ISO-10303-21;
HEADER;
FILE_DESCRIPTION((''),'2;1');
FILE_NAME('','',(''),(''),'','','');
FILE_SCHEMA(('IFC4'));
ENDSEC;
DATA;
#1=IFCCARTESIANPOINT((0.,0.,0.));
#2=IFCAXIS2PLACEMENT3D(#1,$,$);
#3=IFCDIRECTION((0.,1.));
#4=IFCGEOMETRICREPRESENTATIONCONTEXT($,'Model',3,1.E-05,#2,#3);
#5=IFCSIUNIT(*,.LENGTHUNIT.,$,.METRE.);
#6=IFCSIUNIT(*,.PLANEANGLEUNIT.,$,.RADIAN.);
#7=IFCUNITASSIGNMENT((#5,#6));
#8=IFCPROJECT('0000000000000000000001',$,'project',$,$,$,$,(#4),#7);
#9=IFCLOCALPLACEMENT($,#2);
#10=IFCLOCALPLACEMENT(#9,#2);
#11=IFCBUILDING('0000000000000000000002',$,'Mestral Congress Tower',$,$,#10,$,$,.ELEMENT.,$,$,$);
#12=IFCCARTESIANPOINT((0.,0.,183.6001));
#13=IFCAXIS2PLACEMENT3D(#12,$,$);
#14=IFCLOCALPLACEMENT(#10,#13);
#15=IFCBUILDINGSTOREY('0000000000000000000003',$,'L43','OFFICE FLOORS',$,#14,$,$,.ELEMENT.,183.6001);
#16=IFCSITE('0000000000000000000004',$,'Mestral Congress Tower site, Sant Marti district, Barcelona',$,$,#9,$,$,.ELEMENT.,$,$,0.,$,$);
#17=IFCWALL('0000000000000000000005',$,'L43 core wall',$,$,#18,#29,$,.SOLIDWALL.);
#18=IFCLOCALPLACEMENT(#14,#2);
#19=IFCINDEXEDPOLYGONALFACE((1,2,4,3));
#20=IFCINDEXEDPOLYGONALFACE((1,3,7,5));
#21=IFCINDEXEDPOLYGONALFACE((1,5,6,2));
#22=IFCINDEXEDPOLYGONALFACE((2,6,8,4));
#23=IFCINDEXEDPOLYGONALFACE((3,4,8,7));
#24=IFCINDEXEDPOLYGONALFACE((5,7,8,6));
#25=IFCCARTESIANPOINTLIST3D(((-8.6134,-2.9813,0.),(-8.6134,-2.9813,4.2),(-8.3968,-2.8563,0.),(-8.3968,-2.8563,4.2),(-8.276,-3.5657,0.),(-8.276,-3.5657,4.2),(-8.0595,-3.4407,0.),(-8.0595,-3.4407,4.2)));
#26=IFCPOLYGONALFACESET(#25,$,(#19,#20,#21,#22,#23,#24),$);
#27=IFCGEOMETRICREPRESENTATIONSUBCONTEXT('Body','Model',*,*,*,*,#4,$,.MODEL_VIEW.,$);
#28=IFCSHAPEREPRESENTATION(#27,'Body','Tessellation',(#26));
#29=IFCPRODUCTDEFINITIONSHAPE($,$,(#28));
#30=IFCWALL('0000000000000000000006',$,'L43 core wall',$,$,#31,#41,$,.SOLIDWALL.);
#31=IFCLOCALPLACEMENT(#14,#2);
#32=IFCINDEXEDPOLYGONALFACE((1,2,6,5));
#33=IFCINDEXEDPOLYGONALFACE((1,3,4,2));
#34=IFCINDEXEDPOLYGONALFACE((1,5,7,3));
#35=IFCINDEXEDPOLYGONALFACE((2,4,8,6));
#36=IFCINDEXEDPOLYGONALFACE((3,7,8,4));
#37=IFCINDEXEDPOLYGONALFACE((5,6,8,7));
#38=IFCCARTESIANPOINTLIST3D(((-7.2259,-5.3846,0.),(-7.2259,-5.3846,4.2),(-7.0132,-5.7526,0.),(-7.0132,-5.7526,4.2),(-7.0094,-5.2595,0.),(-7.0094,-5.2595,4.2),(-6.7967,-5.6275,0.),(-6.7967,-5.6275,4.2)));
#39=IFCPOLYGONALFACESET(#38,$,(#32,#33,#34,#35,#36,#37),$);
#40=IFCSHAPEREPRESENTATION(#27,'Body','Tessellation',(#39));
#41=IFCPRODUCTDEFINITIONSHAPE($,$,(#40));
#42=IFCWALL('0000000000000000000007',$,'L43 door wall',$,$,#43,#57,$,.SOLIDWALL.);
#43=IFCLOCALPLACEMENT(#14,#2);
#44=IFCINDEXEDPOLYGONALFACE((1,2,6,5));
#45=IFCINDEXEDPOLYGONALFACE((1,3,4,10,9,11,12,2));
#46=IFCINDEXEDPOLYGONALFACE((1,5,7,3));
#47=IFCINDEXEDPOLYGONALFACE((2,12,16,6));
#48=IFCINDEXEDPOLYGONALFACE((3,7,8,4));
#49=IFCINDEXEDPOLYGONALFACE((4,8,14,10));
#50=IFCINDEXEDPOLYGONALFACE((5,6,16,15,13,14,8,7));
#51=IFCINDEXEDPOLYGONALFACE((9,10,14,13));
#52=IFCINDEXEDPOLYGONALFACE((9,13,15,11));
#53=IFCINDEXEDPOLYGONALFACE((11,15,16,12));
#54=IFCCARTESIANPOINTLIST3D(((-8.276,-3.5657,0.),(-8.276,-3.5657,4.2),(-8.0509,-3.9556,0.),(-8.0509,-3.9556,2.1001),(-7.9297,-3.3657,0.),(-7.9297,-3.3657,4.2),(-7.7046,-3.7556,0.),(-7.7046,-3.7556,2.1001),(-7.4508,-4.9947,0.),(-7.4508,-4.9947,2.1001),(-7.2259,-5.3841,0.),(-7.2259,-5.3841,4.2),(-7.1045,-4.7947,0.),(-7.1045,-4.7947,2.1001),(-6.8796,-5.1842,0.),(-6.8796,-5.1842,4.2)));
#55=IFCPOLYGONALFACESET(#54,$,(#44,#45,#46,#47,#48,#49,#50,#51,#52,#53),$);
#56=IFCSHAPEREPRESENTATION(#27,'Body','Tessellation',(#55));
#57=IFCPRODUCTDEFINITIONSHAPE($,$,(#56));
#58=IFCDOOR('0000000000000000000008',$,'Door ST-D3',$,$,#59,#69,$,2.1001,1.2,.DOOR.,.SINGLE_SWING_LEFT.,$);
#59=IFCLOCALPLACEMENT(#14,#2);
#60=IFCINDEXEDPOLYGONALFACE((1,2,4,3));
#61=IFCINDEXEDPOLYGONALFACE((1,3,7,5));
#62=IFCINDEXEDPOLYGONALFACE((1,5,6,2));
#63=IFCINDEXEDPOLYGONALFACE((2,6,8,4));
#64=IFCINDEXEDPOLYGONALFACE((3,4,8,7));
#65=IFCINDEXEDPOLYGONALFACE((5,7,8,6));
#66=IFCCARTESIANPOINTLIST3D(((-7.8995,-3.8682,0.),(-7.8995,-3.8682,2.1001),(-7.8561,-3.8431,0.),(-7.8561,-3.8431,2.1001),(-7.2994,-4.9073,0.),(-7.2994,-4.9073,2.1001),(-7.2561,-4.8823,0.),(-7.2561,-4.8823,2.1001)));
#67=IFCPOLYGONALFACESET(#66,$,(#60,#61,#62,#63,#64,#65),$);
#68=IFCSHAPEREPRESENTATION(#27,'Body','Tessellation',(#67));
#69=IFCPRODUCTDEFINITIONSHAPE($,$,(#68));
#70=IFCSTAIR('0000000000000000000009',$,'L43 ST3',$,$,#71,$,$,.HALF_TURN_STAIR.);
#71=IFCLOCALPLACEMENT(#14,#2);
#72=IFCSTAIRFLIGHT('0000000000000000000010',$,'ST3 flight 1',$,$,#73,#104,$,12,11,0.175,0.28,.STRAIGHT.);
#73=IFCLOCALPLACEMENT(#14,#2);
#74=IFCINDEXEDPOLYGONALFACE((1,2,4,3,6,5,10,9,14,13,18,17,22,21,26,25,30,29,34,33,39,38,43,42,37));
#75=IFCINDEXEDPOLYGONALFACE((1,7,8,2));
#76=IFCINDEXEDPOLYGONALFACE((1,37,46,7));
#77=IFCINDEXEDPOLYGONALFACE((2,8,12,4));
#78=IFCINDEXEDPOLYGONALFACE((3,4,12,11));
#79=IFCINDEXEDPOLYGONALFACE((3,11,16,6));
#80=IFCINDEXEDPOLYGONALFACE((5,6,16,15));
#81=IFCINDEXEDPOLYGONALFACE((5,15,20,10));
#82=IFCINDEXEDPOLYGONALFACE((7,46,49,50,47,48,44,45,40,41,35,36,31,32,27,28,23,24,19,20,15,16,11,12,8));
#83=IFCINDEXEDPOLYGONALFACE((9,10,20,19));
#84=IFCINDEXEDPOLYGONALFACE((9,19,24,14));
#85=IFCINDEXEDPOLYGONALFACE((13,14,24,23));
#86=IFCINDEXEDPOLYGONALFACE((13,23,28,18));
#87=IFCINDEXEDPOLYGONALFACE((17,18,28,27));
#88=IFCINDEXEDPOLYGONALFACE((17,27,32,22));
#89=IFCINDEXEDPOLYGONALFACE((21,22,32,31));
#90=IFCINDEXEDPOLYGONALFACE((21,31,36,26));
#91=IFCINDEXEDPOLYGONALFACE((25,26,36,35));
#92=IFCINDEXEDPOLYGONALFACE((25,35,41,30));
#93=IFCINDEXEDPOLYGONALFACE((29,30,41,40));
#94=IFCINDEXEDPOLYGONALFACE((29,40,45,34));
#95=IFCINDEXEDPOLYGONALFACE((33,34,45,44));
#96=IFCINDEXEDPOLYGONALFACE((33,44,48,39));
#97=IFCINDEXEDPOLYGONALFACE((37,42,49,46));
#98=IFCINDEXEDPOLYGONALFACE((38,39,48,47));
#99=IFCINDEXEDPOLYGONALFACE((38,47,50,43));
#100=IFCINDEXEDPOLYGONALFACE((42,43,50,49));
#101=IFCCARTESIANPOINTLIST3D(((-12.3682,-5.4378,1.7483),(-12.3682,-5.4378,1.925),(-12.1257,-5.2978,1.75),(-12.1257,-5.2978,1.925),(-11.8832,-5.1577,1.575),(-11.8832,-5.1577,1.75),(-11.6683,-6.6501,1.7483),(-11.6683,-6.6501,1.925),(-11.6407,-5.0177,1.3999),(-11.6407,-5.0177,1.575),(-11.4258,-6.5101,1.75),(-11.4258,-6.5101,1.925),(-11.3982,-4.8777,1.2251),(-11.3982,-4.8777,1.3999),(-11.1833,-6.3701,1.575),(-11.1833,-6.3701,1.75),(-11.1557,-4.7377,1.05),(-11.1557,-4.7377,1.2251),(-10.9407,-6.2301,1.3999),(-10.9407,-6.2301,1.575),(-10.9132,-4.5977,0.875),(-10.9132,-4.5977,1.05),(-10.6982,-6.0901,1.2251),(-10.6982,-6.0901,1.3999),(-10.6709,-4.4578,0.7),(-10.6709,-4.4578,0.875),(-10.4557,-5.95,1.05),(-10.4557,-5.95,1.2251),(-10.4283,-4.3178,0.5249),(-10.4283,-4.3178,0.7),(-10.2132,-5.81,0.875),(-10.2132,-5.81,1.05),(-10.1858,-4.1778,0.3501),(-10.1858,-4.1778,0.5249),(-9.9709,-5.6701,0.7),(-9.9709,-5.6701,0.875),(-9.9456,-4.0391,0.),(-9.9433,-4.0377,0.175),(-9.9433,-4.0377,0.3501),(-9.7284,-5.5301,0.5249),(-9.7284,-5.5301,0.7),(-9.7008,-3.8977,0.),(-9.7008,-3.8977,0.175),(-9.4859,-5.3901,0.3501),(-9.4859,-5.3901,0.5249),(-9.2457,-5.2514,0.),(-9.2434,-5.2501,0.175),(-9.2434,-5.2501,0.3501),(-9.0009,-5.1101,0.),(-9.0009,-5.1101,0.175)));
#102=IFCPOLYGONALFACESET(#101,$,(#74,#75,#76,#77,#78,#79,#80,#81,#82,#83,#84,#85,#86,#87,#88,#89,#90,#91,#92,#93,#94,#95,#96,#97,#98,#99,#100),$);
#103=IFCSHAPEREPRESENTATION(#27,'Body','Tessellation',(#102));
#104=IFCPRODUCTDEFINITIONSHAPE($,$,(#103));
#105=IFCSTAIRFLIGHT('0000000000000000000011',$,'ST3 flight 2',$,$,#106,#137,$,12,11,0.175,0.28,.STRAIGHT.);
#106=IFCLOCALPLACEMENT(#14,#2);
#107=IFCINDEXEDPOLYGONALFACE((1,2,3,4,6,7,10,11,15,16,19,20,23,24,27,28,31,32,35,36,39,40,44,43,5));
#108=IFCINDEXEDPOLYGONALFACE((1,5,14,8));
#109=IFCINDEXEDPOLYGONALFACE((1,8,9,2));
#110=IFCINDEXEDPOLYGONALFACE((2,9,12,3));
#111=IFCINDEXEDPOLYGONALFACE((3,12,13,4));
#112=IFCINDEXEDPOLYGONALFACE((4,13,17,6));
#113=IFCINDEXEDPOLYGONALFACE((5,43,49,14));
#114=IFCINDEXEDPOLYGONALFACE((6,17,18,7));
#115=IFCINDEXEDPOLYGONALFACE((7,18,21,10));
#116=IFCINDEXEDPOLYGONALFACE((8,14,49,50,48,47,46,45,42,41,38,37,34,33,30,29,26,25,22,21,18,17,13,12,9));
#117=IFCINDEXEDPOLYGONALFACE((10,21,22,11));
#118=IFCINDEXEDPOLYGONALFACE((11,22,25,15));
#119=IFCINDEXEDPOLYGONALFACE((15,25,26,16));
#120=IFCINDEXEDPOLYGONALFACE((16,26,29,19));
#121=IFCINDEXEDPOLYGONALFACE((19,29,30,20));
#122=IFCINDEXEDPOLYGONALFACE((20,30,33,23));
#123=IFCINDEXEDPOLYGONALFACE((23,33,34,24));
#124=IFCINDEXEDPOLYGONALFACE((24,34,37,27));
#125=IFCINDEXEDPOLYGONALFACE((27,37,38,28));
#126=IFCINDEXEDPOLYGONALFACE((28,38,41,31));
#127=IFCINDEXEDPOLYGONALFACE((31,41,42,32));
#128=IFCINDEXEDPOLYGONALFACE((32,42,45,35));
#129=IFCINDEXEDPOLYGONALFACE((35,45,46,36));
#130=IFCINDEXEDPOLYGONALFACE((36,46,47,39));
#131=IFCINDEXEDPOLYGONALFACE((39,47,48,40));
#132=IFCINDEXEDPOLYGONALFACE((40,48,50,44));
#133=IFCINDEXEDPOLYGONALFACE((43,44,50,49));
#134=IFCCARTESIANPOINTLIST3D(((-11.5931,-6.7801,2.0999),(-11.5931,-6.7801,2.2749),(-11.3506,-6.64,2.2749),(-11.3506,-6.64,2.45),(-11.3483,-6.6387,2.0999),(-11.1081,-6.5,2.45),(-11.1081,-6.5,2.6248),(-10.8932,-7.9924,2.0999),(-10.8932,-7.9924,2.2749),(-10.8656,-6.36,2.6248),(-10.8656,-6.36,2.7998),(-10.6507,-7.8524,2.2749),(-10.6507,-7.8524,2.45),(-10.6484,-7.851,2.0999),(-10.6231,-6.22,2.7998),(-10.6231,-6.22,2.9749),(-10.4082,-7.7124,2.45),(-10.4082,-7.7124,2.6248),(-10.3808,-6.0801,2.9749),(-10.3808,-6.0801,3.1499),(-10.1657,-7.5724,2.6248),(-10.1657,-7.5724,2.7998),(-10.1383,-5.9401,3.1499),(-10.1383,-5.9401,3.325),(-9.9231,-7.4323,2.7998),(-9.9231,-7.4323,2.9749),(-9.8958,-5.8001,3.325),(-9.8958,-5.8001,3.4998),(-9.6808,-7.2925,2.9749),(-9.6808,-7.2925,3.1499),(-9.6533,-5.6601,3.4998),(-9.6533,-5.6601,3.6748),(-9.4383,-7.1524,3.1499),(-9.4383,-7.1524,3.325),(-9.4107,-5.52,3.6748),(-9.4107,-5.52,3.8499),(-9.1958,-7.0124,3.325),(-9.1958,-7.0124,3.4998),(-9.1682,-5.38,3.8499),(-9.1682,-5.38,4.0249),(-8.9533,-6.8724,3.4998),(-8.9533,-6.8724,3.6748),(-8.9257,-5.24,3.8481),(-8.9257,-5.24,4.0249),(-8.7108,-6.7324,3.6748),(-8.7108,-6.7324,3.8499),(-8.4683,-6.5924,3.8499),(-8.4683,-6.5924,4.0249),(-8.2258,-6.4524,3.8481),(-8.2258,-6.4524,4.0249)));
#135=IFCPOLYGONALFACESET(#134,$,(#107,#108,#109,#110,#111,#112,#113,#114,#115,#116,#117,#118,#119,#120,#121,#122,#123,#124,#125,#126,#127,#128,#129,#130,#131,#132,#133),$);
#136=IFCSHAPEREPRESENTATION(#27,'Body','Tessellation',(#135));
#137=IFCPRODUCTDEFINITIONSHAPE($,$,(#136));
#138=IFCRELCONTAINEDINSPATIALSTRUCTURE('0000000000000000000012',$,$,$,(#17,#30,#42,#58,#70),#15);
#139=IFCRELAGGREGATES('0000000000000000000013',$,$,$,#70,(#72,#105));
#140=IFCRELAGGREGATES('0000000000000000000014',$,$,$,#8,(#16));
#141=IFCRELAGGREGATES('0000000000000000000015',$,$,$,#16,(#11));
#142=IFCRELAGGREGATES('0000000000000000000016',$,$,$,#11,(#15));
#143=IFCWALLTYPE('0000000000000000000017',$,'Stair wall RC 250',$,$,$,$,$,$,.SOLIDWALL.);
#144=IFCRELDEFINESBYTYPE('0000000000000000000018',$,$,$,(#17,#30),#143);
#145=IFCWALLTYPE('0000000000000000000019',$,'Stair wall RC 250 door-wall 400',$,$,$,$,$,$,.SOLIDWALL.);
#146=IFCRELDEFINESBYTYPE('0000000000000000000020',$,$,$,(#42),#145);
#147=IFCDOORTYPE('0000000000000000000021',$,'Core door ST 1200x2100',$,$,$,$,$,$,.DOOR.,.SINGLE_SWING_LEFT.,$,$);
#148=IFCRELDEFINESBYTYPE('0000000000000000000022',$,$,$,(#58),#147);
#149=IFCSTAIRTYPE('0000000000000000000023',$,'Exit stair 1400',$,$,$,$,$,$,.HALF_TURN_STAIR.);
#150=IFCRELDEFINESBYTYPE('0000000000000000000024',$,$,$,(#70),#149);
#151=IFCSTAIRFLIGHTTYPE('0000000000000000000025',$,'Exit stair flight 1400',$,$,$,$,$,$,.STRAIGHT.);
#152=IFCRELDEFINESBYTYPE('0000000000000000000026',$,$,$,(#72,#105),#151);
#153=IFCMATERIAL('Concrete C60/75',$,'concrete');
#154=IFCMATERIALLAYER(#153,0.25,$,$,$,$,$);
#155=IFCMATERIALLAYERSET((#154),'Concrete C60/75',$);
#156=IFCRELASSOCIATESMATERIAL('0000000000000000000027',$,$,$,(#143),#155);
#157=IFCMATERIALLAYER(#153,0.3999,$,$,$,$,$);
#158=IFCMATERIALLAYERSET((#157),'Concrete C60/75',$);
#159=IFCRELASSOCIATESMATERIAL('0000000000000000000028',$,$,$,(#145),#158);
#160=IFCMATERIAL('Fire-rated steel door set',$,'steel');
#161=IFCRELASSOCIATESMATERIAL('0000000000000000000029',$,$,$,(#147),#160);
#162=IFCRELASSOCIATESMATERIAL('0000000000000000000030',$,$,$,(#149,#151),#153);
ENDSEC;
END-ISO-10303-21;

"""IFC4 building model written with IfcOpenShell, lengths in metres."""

from ifc_helpers import new_model, si_unit, direction, frame, frame_2d, origin, place, context, subcontext, project, spatial, polyline, rectangle, outline, extrude, material, layer, layer_set, type_object, element, fill, aggregate, save


model = new_model("IFC4")

# Units and contexts
model_context = context("Model", 3, precision=1e-05, world=origin(), true_north=direction((0.0, 1.0)))
body_context = subcontext(model_context, "Body", "Model", "MODEL_VIEW")
ifc_project = project(units=[si_unit("LENGTHUNIT", "METRE"), si_unit("PLANEANGLEUNIT", "RADIAN")], contexts=[model_context])

# Site, building, storey
site_placement = place(None, origin())
site = spatial("IfcSite", under=ifc_project, at=site_placement, Name="Mestral Congress Tower site, Sant Marti district, Barcelona", CompositionType="ELEMENT", RefElevation=0.0)
building_placement = place(site_placement, origin())
building = spatial("IfcBuilding", under=site, at=building_placement, Name="Mestral Congress Tower", CompositionType="ELEMENT")
storey_placement = place(building_placement, frame((0.0, 0.0, 183.6001)))
storey = spatial("IfcBuildingStorey", under=building, at=storey_placement, Name="L43", Description="OFFICE FLOORS", CompositionType="ELEMENT", Elevation=183.6001)

# Shared definitions
ifc_material_1 = material(Name="Fire-rated steel door set", Category="steel")

# Shared definitions
ifc_material_2 = material(Name="Concrete C60/75", Category="concrete")

# Walls
ifc_layer_1 = layer(ifc_material_2, 0.25)
ifc_layer_set_1 = layer_set([ifc_layer_1], Name="Concrete C60/75")
wall_type_1 = type_object("IfcWallType", Name="Stair wall RC 250", PredefinedType="SOLIDWALL", material=ifc_layer_set_1)
wall_1_placement = place(storey_placement, frame((-8.1677, -3.5032, 0.0), z_axis=(0.0, 0.0, 1.0), x_axis=(-0.499952, 0.866053, 0.0)))
element("IfcWall", 1, at=wall_1_placement, inside=storey, type_object=wall_type_1, Name="L43 core wall", PredefinedType="SOLIDWALL", context=body_context, shape_type="SweptSolid", body=[
    extrude(rectangle(XDim=0.6748, YDim=0.25, at=frame_2d((0.3374, 0.0))), origin(), (0.0, 0.0, 1.0), 4.2),
])
wall_2_placement = place(storey_placement, frame((-6.905, -5.6899, 0.0), z_axis=(0.0, 0.0, 1.0), x_axis=(-0.500402, 0.865793, 0.0)))
element("IfcWall", 2, at=wall_2_placement, inside=storey, type_object=wall_type_1, Name="L43 core wall", PredefinedType="SOLIDWALL", context=body_context, shape_type="SweptSolid", body=[
    extrude(rectangle(XDim=0.425, YDim=0.25, at=frame_2d((0.2124, 0.0))), origin(), (0.0, 0.0, 1.0), 4.2),
])

# Wall, opening, door
ifc_layer_2 = layer(ifc_material_2, 0.3999)
ifc_layer_set_2 = layer_set([ifc_layer_2], Name="Concrete C60/75")
wall_type_2 = type_object("IfcWallType", Name="Stair wall RC 250 door-wall 400", PredefinedType="SOLIDWALL", material=ifc_layer_set_2)
wall_3_placement = place(storey_placement, frame((-8.1028, -3.4658, 0.0), z_axis=(0.0, 0.0, 1.0), x_axis=(0.500078, -0.86598, 0.0)))
wall_3 = element("IfcWall", 3, at=wall_3_placement, inside=storey, type_object=wall_type_2, Name="L43 door wall", PredefinedType="SOLIDWALL", context=body_context, shape_type="SweptSolid", body=[
    extrude(rectangle(XDim=2.0999, YDim=0.3999, at=frame_2d((1.0498, 0.0))), origin(), (0.0, 0.0, 1.0), 4.2),
])
opening_1_placement = place(wall_3_placement, frame((0.45, 0.0, 0.0)))
opening_1 = element("IfcOpeningElement", 4, at=opening_1_placement, cuts=wall_3, PredefinedType="OPENING", context=body_context, shape_type="SweptSolid", body=[
    extrude(rectangle(XDim=1.2, YDim=2.1001, at=frame_2d((0.6001, 1.05))), frame((0.0, 0.21, 0.0), z_axis=(0.0, -1.0, 0.0), x_axis=(1.0, 0.0, 0.0)), (0.0, 0.0, 1.0), 0.4199),
])
door_type_1 = type_object("IfcDoorType", Name="Core door ST 1200x2100", OperationType="SINGLE_SWING_LEFT", PredefinedType="DOOR", material=ifc_material_1)
door_1_placement = place(opening_1_placement, origin())
door_1 = element("IfcDoor", 5, at=door_1_placement, inside=storey, type_object=door_type_1, Name="Door ST-D3", OperationType="SINGLE_SWING_LEFT", OverallHeight=2.1001, OverallWidth=1.2, PredefinedType="DOOR", context=body_context, shape_type="SweptSolid", body=[
    extrude(rectangle(XDim=1.2, YDim=2.1001, at=frame_2d((0.6001, 1.05))), frame((0.0, 0.0249, 0.0), z_axis=(0.0, -1.0, 0.0), x_axis=(1.0, 0.0, 0.0)), (0.0, 0.0, 1.0), 0.05),
])
fill(opening_1, door_1)

# Stair, stair flights
stair_type = type_object("IfcStairType", Name="Exit stair 1400", PredefinedType="HALF_TURN_STAIR", material=ifc_material_2)
stair_placement = place(storey_placement, origin())
stair = element("IfcStair", 6, at=stair_placement, inside=storey, type_object=stair_type, Name="L43 ST3", PredefinedType="HALF_TURN_STAIR")
stair_flight_type = type_object("IfcStairFlightType", Name="Exit stair flight 1400", PredefinedType="STRAIGHT", material=ifc_material_2)
stair_flight_1_placement = place(storey_placement, frame((-9.3508, -4.5039, 0.0), z_axis=(0.0, 0.0, 1.0), x_axis=(-0.866025, -0.5, 0.0)))
stair_flight_1 = element("IfcStairFlight", 7, at=stair_flight_1_placement, type_object=stair_flight_type, Name="ST3 flight 1", NumberOfRisers=12, NumberOfTreads=11, PredefinedType="STRAIGHT", RiserHeight=0.175, TreadLength=0.28, context=body_context, shape_type="SweptSolid", body=[
    extrude(outline(polyline([(0.0, 0.0), (0.0, 0.175), (0.28, 0.175), (0.28, 0.3501), (0.5601, 0.3501), (0.5601, 0.5249), (0.8401, 0.5249), (0.8401, 0.7), (1.1201, 0.7), (1.1201, 0.875), (1.3999, 0.875), (1.3999, 1.05), (1.6799, 1.05), (1.6799, 1.2251), (1.96, 1.2251), (1.96, 1.3999), (2.24, 1.3999), (2.24, 1.575), (2.52, 1.575), (2.52, 1.75), (2.8, 1.75), (2.8, 1.925), (3.0801, 1.925), (3.0801, 2.1001), (3.0801, 1.7483), (0.2827, 0.0), (0.0, 0.0)])), frame((0.0, 0.7, 0.0), z_axis=(0.0, -1.0, 0.0), x_axis=(1.0, 0.0, 0.0)), (0.0, 0.0, 1.0), 1.3999),
])
stair_flight_2_placement = place(storey_placement, frame((-11.2432, -7.3862, 2.0999), z_axis=(0.0, 0.0, 1.0), x_axis=(0.866025, 0.5, 0.0)))
stair_flight_2 = element("IfcStairFlight", 8, at=stair_flight_2_placement, type_object=stair_flight_type, Name="ST3 flight 2", NumberOfRisers=12, NumberOfTreads=11, PredefinedType="STRAIGHT", RiserHeight=0.175, TreadLength=0.28, context=body_context, shape_type="SweptSolid", body=[
    extrude(outline(polyline([(0.0, 0.0), (0.0, 0.175), (0.28, 0.175), (0.28, 0.3501), (0.5601, 0.3501), (0.5601, 0.5249), (0.8401, 0.5249), (0.8401, 0.7), (1.1201, 0.7), (1.1201, 0.875), (1.3999, 0.875), (1.3999, 1.05), (1.6799, 1.05), (1.6799, 1.2251), (1.96, 1.2251), (1.96, 1.3999), (2.24, 1.3999), (2.24, 1.575), (2.52, 1.575), (2.52, 1.75), (2.8, 1.75), (2.8, 1.925), (3.0801, 1.925), (3.0801, 2.1001), (3.0801, 1.7483), (0.2827, 0.0), (0.0, 0.0)])), frame((0.0, 0.7, 0.0), z_axis=(0.0, -1.0, 0.0), x_axis=(1.0, 0.0, 0.0)), (0.0, 0.0, 1.0), 1.3999),
])
aggregate(stair, [stair_flight_1, stair_flight_2])

save(model, "model.ifc")
